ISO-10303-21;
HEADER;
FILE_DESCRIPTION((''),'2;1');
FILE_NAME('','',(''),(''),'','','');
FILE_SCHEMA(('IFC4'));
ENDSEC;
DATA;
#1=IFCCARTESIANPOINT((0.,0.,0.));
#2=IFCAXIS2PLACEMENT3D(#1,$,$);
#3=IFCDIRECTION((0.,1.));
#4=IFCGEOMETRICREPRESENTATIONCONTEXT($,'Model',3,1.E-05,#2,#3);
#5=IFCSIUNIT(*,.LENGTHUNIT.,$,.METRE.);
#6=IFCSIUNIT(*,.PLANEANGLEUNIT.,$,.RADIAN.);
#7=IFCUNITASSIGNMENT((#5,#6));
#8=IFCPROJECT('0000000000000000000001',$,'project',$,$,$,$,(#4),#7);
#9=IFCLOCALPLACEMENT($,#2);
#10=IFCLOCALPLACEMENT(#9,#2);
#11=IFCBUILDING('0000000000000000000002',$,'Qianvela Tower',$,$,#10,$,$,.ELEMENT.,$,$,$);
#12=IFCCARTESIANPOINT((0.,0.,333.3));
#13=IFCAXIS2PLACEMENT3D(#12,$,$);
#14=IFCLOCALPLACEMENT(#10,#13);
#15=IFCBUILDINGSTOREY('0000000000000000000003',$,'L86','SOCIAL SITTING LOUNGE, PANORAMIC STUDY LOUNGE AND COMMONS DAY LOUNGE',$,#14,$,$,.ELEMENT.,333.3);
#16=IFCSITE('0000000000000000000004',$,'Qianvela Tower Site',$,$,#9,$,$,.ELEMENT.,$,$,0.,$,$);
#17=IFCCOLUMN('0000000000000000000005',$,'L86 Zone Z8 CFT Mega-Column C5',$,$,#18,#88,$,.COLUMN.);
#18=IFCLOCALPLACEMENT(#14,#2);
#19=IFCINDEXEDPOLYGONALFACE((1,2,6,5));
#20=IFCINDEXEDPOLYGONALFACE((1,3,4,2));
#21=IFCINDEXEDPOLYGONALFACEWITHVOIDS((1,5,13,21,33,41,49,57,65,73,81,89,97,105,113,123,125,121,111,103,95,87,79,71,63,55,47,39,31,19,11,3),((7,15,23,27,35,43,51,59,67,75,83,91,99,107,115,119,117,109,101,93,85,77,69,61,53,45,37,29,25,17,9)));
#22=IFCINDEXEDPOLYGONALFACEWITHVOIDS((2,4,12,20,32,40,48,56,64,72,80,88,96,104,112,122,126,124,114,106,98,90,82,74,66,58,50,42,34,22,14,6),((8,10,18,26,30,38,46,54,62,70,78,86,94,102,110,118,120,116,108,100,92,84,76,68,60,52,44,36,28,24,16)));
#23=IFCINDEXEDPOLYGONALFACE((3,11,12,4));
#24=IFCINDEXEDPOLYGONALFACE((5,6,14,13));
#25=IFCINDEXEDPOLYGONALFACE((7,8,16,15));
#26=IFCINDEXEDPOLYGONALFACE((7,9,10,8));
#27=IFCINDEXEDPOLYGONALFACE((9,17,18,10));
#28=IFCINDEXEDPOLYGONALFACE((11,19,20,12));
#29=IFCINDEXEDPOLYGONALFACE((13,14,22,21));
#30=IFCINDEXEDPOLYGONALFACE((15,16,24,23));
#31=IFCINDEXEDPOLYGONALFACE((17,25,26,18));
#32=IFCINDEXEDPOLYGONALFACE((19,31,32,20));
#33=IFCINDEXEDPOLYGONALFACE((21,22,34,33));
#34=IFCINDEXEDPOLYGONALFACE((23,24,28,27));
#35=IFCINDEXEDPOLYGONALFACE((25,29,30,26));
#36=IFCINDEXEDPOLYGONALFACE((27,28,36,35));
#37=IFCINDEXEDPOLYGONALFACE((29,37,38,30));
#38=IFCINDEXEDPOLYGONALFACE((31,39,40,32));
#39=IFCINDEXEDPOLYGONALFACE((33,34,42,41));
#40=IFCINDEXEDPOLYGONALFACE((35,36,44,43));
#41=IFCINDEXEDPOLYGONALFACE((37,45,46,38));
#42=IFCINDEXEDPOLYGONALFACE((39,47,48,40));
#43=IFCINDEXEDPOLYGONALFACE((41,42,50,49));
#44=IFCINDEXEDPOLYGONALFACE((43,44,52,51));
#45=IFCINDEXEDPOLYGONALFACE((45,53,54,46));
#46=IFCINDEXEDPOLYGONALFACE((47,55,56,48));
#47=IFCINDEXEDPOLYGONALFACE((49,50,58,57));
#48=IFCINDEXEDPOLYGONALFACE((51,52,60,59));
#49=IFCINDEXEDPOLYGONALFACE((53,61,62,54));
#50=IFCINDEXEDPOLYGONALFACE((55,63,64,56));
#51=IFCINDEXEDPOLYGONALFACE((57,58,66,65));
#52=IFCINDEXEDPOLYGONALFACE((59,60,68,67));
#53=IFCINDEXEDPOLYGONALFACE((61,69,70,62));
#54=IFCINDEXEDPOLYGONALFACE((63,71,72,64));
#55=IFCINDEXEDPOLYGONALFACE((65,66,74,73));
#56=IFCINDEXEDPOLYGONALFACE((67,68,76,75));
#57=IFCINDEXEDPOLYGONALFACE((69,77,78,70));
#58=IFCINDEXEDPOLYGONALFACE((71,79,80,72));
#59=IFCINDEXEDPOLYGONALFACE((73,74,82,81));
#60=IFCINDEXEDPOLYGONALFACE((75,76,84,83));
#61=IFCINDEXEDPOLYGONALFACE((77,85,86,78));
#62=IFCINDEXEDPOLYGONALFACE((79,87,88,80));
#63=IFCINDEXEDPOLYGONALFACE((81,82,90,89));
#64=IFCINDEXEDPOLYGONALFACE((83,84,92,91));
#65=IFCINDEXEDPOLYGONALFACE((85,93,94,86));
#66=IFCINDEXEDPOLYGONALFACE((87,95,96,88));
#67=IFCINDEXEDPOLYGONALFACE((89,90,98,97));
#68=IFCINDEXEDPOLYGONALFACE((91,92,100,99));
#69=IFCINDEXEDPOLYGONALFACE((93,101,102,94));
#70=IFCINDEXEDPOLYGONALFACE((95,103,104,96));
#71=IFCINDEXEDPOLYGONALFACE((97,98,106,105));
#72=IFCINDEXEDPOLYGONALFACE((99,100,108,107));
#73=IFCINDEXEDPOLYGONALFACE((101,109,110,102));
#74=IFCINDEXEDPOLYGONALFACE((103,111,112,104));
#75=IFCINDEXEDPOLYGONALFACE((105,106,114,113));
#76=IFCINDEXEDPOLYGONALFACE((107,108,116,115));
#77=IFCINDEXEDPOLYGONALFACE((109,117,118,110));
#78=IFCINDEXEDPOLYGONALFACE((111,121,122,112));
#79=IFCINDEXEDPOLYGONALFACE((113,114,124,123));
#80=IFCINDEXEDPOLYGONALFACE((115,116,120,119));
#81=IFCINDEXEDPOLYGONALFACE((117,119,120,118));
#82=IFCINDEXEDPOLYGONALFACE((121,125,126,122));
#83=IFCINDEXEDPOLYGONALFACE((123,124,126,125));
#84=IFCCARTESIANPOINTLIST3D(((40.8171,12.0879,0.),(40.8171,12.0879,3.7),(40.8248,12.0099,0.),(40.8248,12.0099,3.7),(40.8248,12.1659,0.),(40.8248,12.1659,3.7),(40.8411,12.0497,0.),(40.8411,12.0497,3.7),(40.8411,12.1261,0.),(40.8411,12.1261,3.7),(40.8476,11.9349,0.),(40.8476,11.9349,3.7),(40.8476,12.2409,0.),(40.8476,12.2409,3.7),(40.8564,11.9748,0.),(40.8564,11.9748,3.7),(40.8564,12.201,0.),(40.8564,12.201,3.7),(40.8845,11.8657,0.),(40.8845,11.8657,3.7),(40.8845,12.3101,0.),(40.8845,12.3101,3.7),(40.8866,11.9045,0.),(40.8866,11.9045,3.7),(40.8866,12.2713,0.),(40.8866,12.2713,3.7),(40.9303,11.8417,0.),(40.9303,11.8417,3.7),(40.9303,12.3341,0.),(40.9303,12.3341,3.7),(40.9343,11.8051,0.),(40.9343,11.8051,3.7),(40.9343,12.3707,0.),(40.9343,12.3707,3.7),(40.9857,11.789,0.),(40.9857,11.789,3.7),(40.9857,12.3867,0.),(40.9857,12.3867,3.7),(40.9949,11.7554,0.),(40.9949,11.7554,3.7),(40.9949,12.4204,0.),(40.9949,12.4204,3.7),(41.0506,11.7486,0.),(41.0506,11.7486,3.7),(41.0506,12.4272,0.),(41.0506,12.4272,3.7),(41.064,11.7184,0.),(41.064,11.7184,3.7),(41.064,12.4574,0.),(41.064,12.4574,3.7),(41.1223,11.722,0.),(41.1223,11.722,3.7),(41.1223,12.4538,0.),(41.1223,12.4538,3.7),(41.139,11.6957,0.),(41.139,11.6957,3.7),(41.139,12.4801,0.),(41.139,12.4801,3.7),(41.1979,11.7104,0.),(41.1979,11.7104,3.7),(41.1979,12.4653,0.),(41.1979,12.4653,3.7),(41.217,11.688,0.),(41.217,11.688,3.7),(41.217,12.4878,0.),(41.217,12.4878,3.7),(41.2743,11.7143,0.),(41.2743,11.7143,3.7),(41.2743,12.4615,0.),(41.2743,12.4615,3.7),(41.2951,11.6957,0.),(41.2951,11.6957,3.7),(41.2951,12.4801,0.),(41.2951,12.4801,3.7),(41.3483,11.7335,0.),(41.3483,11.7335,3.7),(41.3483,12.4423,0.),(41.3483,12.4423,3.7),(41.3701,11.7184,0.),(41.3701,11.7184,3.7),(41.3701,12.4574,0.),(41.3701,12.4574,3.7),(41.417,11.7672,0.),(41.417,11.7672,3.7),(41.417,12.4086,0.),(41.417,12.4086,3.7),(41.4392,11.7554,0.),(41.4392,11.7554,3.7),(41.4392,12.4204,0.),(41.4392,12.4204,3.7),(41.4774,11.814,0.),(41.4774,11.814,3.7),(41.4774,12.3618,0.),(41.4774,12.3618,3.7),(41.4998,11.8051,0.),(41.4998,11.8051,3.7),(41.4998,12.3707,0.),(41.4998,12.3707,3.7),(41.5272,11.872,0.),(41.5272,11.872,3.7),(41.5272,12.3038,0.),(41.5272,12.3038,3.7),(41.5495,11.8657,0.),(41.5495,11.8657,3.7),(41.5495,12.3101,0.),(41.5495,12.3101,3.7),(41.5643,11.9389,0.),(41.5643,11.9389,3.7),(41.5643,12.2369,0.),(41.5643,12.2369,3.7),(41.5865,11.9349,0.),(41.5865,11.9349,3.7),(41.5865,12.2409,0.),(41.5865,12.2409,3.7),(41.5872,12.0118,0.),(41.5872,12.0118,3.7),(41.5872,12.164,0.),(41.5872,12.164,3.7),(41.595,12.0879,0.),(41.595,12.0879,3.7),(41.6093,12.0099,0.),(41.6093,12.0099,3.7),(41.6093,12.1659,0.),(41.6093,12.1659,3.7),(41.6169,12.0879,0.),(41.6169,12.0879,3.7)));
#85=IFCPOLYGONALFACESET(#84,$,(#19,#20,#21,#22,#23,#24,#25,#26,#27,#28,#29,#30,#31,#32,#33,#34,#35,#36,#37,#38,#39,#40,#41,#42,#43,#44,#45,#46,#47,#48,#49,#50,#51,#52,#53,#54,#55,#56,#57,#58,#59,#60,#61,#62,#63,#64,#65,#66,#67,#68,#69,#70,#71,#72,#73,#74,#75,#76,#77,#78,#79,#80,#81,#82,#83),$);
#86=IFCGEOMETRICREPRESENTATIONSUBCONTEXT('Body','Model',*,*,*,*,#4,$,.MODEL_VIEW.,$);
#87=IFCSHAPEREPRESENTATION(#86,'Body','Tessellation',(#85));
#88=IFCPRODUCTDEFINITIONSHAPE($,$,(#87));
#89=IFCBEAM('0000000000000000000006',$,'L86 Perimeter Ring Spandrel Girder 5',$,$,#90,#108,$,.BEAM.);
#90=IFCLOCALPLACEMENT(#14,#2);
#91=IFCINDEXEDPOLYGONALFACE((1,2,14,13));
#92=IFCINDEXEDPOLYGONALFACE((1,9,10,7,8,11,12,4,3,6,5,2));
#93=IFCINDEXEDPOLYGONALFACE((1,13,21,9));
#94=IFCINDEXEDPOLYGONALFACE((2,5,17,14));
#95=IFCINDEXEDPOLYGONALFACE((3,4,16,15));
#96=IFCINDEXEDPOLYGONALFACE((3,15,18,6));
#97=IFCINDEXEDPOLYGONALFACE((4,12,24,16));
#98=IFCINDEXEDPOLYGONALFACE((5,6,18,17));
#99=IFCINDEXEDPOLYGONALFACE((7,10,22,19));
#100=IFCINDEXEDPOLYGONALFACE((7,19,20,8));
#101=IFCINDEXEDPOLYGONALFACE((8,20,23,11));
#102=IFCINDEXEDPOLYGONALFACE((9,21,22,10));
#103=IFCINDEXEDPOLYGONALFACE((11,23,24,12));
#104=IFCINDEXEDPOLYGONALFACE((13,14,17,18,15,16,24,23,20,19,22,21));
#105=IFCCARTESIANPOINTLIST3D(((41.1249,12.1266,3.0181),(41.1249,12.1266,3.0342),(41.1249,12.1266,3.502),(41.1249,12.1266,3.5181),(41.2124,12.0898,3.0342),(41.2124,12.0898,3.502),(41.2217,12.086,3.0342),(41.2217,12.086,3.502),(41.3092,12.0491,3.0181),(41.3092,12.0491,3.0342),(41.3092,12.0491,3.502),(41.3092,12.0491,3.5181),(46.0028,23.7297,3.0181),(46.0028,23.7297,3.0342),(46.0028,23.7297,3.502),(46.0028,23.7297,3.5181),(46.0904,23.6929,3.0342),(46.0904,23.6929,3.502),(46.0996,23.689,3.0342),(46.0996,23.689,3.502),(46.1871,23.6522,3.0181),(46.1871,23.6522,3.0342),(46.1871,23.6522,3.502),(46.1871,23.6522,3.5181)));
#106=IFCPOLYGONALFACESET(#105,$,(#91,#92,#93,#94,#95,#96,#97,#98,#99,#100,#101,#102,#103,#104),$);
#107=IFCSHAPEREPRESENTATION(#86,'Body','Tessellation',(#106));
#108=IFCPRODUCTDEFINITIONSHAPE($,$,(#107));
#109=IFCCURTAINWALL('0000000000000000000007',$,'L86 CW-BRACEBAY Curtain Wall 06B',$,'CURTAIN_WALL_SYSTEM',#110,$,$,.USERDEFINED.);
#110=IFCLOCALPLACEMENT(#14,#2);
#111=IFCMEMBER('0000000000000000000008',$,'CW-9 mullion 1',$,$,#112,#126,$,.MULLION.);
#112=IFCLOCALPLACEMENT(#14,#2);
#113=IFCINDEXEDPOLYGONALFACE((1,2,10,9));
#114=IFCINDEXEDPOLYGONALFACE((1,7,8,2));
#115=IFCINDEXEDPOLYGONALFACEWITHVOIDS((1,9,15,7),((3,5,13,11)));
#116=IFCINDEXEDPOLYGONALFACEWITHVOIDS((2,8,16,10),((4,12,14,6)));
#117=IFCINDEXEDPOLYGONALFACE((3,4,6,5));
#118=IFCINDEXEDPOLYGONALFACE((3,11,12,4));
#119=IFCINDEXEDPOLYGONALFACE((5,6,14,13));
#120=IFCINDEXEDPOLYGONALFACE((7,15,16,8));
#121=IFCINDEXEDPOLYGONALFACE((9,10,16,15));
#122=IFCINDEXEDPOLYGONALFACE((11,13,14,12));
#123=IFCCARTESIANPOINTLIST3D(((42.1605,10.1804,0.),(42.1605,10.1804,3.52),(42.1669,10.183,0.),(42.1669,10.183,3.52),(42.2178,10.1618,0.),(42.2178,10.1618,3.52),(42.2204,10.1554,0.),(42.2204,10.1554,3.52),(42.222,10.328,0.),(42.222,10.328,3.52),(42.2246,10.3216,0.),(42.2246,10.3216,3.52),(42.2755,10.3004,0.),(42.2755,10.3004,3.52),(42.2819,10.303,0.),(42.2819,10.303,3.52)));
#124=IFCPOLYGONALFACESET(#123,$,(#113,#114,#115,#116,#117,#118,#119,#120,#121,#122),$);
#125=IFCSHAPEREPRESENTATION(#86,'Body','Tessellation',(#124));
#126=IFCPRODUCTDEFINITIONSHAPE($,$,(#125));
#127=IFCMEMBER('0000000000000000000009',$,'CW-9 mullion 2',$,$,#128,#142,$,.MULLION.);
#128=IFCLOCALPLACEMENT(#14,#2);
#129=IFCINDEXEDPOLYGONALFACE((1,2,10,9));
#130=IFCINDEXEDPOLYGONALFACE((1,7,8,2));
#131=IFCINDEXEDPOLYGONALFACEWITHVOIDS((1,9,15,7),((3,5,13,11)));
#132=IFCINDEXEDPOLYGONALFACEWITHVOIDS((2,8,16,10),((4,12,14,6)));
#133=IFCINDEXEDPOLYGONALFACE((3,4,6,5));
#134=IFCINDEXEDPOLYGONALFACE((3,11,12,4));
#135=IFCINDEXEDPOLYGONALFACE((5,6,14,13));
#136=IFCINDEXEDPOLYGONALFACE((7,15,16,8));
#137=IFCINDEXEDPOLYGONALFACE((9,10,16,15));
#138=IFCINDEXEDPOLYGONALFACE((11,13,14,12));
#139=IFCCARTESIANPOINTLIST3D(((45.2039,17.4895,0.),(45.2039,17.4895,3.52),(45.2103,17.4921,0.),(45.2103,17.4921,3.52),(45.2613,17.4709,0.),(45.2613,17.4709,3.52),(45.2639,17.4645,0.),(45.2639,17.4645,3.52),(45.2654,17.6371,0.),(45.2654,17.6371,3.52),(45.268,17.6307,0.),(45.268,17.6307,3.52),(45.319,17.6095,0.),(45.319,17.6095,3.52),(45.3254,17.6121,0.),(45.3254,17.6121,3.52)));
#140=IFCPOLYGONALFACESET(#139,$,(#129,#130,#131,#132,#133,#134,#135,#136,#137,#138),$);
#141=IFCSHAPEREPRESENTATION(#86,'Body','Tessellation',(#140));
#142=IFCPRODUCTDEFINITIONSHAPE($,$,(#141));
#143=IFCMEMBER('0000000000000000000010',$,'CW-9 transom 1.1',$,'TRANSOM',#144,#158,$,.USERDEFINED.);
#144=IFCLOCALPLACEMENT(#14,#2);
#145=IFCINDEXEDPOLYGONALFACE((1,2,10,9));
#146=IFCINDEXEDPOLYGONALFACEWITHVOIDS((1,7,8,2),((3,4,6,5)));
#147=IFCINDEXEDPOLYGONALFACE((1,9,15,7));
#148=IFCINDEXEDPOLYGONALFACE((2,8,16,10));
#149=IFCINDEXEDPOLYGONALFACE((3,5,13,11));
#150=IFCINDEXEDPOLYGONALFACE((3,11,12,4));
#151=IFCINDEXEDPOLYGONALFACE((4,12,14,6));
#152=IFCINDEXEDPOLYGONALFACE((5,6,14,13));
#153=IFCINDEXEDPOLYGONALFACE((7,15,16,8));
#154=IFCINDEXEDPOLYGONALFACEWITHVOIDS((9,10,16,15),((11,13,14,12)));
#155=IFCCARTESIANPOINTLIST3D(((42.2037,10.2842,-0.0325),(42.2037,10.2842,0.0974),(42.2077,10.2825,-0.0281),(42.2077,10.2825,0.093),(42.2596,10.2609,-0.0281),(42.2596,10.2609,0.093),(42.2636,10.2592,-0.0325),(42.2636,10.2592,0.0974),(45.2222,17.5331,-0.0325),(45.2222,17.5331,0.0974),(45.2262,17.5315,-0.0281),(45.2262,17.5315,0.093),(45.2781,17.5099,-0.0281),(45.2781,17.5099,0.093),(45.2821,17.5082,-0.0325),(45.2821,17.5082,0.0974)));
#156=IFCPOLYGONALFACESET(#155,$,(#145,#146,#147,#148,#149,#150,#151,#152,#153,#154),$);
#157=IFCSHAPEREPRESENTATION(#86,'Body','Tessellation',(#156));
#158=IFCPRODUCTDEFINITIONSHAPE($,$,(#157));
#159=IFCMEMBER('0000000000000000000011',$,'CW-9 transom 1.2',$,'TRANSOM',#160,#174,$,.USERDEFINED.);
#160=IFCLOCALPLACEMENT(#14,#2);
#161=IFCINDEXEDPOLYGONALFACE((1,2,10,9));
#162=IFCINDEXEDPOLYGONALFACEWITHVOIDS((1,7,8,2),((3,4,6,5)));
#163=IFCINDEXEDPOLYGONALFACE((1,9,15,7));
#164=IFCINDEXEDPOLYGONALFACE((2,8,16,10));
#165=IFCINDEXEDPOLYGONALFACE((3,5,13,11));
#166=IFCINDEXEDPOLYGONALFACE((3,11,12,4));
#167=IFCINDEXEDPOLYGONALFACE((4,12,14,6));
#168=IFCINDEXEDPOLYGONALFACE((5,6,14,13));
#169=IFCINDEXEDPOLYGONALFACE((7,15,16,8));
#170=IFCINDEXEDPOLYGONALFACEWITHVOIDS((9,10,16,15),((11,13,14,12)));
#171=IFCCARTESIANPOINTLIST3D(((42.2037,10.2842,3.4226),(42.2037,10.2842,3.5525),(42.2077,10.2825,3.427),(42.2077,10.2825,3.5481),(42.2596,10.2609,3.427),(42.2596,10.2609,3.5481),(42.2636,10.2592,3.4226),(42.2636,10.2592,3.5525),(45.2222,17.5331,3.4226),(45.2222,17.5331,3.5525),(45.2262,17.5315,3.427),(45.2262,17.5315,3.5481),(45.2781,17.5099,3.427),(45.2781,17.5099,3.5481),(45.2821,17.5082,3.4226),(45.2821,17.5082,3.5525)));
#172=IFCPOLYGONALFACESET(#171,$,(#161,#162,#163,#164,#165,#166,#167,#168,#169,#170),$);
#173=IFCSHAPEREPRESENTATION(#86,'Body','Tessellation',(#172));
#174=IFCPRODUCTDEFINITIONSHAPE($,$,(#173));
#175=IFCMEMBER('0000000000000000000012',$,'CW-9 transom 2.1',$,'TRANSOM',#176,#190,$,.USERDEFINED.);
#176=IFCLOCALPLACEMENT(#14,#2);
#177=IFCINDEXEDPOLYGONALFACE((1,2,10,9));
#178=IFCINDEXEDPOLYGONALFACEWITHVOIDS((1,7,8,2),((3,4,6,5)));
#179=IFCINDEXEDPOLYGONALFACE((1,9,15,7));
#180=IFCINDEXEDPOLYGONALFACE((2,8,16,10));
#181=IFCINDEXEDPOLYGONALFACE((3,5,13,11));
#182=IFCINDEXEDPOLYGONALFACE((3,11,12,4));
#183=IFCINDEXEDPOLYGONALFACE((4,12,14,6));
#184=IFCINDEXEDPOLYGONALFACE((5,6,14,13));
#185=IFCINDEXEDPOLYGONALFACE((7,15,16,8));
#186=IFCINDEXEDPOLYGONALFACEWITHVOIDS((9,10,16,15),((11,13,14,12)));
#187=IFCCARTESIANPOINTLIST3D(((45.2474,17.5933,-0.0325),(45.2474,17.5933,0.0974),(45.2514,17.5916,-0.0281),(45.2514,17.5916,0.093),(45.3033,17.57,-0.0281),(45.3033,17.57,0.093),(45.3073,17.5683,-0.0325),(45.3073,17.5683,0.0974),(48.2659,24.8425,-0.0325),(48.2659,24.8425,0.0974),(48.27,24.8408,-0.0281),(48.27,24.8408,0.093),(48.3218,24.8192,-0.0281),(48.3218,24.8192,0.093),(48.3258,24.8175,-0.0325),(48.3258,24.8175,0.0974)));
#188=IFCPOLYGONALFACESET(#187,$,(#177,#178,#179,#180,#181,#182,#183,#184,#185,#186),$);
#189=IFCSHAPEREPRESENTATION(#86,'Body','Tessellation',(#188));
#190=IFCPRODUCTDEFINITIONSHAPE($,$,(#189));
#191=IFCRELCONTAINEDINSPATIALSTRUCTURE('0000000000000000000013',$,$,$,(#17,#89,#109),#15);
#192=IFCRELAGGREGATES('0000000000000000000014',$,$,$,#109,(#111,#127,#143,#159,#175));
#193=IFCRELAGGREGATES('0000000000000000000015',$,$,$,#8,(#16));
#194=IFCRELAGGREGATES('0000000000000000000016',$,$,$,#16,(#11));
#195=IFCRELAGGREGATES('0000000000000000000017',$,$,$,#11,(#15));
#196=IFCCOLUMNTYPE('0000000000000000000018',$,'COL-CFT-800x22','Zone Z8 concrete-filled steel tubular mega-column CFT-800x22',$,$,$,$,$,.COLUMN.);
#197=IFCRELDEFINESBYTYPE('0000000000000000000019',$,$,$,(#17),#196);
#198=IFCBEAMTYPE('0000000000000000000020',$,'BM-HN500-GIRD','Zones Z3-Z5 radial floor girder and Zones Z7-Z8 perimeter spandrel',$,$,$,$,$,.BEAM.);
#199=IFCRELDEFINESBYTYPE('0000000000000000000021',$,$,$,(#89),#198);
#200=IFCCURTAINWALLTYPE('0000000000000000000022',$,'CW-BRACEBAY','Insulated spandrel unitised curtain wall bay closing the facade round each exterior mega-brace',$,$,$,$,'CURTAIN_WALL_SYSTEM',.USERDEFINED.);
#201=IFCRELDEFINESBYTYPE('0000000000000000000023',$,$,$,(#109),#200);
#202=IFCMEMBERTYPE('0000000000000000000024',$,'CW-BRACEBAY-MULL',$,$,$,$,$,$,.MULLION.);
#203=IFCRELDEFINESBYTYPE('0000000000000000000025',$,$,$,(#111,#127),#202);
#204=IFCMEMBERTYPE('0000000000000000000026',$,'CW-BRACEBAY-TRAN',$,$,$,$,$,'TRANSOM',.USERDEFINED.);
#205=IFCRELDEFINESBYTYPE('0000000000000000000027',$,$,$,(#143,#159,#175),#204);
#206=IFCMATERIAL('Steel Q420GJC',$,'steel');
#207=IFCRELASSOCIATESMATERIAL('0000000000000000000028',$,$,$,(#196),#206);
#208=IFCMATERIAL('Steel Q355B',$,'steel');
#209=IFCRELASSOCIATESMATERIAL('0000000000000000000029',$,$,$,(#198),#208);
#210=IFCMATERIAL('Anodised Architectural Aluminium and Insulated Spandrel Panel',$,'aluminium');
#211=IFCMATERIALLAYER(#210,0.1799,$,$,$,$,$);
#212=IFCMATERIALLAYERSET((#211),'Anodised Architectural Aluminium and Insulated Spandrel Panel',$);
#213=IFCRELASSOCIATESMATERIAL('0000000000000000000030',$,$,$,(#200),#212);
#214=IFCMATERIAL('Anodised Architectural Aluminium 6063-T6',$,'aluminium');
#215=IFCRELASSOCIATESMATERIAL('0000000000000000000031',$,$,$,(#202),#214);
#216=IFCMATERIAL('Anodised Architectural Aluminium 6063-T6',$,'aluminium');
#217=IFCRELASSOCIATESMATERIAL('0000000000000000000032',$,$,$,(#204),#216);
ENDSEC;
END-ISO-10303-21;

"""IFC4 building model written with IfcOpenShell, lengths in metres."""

from ifc_helpers import new_model, si_unit, direction, frame, origin, origin_2d, place, context, subcontext, project, spatial, hollow_rectangle, hollow_circle, i_section, extrude, material, layer, layer_set, material_profile, profile_set, type_object, element, aggregate, save


model = new_model("IFC4")

# Units and contexts
model_context = context("Model", 3, precision=1e-05, world=origin(), true_north=direction((0.0, 1.0)))
body_context = subcontext(model_context, "Body", "Model", "MODEL_VIEW")
ifc_project = project(units=[si_unit("LENGTHUNIT", "METRE"), si_unit("PLANEANGLEUNIT", "RADIAN")], contexts=[model_context])

# Site, building, storey
site_placement = place(None, origin())
site = spatial("IfcSite", under=ifc_project, at=site_placement, Name="Qianvela Tower Site", CompositionType="ELEMENT", RefElevation=0.0)
building_placement = place(site_placement, origin())
building = spatial("IfcBuilding", under=site, at=building_placement, Name="Qianvela Tower", CompositionType="ELEMENT")
storey_placement = place(building_placement, frame((0.0, 0.0, 333.3)))
storey = spatial("IfcBuildingStorey", under=building, at=storey_placement, Name="L86", Description="SOCIAL SITTING LOUNGE, PANORAMIC STUDY LOUNGE AND COMMONS DAY LOUNGE", CompositionType="ELEMENT", Elevation=333.3)

# Column
ifc_material_1 = material(Name="Steel Q420GJC", Category="steel")
ifc_material_profile_1 = material_profile(ifc_material_1, hollow_circle(Radius=0.3999, WallThickness=0.022, at=origin_2d()), Name="CFT-800x22")
ifc_profile_set_1 = profile_set([ifc_material_profile_1], Name="Steel Q420GJC")
column_type = type_object("IfcColumnType", Name="COL-CFT-800x22", Description="Zone Z8 concrete-filled steel tubular mega-column CFT-800x22", PredefinedType="COLUMN", material=ifc_profile_set_1)
column_placement = place(storey_placement, frame((41.217, 12.0879, 0.0), z_axis=(0.0, 0.0, 1.0), x_axis=(1.0, 0.0, 0.0)))
element("IfcColumn", 1, at=column_placement, inside=storey, type_object=column_type, Name="L86 Zone Z8 CFT Mega-Column C5", PredefinedType="COLUMN", context=body_context, shape_type="SweptSolid", body=[
    extrude(hollow_circle(Radius=0.3999, WallThickness=0.022, at=origin_2d()), origin(), (0.0, 0.0, 1.0), 3.7),
])

# Beam
ifc_material_2 = material(Name="Steel Q355B", Category="steel")
ifc_material_profile_2 = material_profile(ifc_material_2, i_section(OverallWidth=0.2, OverallDepth=0.5, WebThickness=0.01, FlangeThickness=0.0161, at=origin_2d()), Name="HN500x200x10x16")
ifc_profile_set_2 = profile_set([ifc_material_profile_2], Name="Steel Q355B")
beam_type = type_object("IfcBeamType", Name="BM-HN500-GIRD", Description="Zones Z3-Z5 radial floor girder and Zones Z7-Z8 perimeter spandrel", PredefinedType="BEAM", material=ifc_profile_set_2)
beam_placement = place(storey_placement, frame((41.217, 12.0879, 3.2681), z_axis=(0.387547, 0.92185, 0.0), x_axis=(-0.92185, 0.387547, 0.0)))
element("IfcBeam", 2, at=beam_placement, inside=storey, type_object=beam_type, Name="L86 Perimeter Ring Spandrel Girder 5", PredefinedType="BEAM", context=body_context, shape_type="SweptSolid", body=[
    extrude(i_section(OverallWidth=0.2, OverallDepth=0.5, WebThickness=0.01, FlangeThickness=0.0161, at=origin_2d()), origin(), (0.0, 0.0, 1.0), 12.5867),
])

# Curtain wall, members
ifc_material_3 = material(Name="Anodised Architectural Aluminium and Insulated Spandrel Panel", Category="aluminium")
ifc_layer_1 = layer(ifc_material_3, 0.1799)
ifc_layer_set_1 = layer_set([ifc_layer_1], Name="Anodised Architectural Aluminium and Insulated Spandrel Panel")
curtain_wall_type_1 = type_object("IfcCurtainWallType", Name="CW-BRACEBAY", Description="Insulated spandrel unitised curtain wall bay closing the facade round each exterior mega-brace", ElementType="CURTAIN_WALL_SYSTEM", PredefinedType="USERDEFINED", material=ifc_layer_set_1)
curtain_wall_1_placement = place(storey_placement, origin())
curtain_wall_1 = element("IfcCurtainWall", 3, at=curtain_wall_1_placement, inside=storey, type_object=curtain_wall_type_1, Name="L86 CW-BRACEBAY Curtain Wall 06B", ObjectType="CURTAIN_WALL_SYSTEM", PredefinedType="USERDEFINED")
ifc_material_4 = material(Name="Anodised Architectural Aluminium 6063-T6", Category="aluminium")
ifc_material_profile_3 = material_profile(ifc_material_4, hollow_rectangle(XDim=0.0649, YDim=0.1599, WallThickness=0.0049, at=origin_2d()), Name="ALU-MULL-65x160")
ifc_profile_set_3 = profile_set([ifc_material_profile_3], Name="Anodised Architectural Aluminium 6063-T6")
member_type_1 = type_object("IfcMemberType", Name="CW-BRACEBAY-MULL", PredefinedType="MULLION", material=ifc_profile_set_3)
member_1_placement = place(storey_placement, frame((42.2212, 10.2417, 0.0), z_axis=(0.0, 0.0, 1.0), x_axis=(-0.923163, 0.384409, 0.0)))
member_1 = element("IfcMember", 4, at=member_1_placement, type_object=member_type_1, Name="CW-9 mullion 1", PredefinedType="MULLION", context=body_context, shape_type="SweptSolid", body=[
    extrude(hollow_rectangle(XDim=0.0649, YDim=0.1599, WallThickness=0.0049, at=origin_2d()), origin(), (0.0, 0.0, 1.0), 3.52),
])
member_2_placement = place(storey_placement, frame((45.2646, 17.5508, 0.0), z_axis=(0.0, 0.0, 1.0), x_axis=(-0.923163, 0.384409, 0.0)))
member_2 = element("IfcMember", 5, at=member_2_placement, type_object=member_type_1, Name="CW-9 mullion 2", PredefinedType="MULLION", context=body_context, shape_type="SweptSolid", body=[
    extrude(hollow_rectangle(XDim=0.0649, YDim=0.1599, WallThickness=0.0049, at=origin_2d()), origin(), (0.0, 0.0, 1.0), 3.52),
])
ifc_material_5 = material(Name="Anodised Architectural Aluminium 6063-T6", Category="aluminium")
ifc_material_profile_4 = material_profile(ifc_material_5, hollow_rectangle(XDim=0.0649, YDim=0.1299, WallThickness=0.0044, at=origin_2d()), Name="ALU-TRAN-65x130")
ifc_profile_set_4 = profile_set([ifc_material_profile_4], Name="Anodised Architectural Aluminium 6063-T6")
member_type_2 = type_object("IfcMemberType", Name="CW-BRACEBAY-TRAN", ElementType="TRANSOM", PredefinedType="USERDEFINED", material=ifc_profile_set_4)
member_3_placement = place(storey_placement, frame((42.2336, 10.2717, 0.0325), z_axis=(0.384412, 0.923162, 0.0), x_axis=(-0.923162, 0.384412, 0.0)))
member_3 = element("IfcMember", 6, at=member_3_placement, type_object=member_type_2, Name="CW-9 transom 1.1", ObjectType="TRANSOM", PredefinedType="USERDEFINED", context=body_context, shape_type="SweptSolid", body=[
    extrude(hollow_rectangle(XDim=0.0649, YDim=0.1299, WallThickness=0.0044, at=origin_2d()), origin(), (0.0, 0.0, 1.0), 7.8523),
])
member_4_placement = place(storey_placement, frame((42.2336, 10.2717, 3.4875), z_axis=(0.384412, 0.923162, 0.0), x_axis=(-0.923162, 0.384412, 0.0)))
member_4 = element("IfcMember", 7, at=member_4_placement, type_object=member_type_2, Name="CW-9 transom 1.2", ObjectType="TRANSOM", PredefinedType="USERDEFINED", context=body_context, shape_type="SweptSolid", body=[
    extrude(hollow_rectangle(XDim=0.0649, YDim=0.1299, WallThickness=0.0044, at=origin_2d()), origin(), (0.0, 0.0, 1.0), 7.8523),
])
member_5_placement = place(storey_placement, frame((45.2773, 17.5808, 0.0325), z_axis=(0.384401, 0.923166, 0.0), x_axis=(-0.923166, 0.384401, 0.0)))
member_5 = element("IfcMember", 8, at=member_5_placement, type_object=member_type_2, Name="CW-9 transom 2.1", ObjectType="TRANSOM", PredefinedType="USERDEFINED", context=body_context, shape_type="SweptSolid", body=[
    extrude(hollow_rectangle(XDim=0.0649, YDim=0.1299, WallThickness=0.0044, at=origin_2d()), origin(), (0.0, 0.0, 1.0), 7.8525),
])

aggregate(curtain_wall_1, [member_1, member_2, member_3, member_4, member_5])

save(model, "model.ifc")
